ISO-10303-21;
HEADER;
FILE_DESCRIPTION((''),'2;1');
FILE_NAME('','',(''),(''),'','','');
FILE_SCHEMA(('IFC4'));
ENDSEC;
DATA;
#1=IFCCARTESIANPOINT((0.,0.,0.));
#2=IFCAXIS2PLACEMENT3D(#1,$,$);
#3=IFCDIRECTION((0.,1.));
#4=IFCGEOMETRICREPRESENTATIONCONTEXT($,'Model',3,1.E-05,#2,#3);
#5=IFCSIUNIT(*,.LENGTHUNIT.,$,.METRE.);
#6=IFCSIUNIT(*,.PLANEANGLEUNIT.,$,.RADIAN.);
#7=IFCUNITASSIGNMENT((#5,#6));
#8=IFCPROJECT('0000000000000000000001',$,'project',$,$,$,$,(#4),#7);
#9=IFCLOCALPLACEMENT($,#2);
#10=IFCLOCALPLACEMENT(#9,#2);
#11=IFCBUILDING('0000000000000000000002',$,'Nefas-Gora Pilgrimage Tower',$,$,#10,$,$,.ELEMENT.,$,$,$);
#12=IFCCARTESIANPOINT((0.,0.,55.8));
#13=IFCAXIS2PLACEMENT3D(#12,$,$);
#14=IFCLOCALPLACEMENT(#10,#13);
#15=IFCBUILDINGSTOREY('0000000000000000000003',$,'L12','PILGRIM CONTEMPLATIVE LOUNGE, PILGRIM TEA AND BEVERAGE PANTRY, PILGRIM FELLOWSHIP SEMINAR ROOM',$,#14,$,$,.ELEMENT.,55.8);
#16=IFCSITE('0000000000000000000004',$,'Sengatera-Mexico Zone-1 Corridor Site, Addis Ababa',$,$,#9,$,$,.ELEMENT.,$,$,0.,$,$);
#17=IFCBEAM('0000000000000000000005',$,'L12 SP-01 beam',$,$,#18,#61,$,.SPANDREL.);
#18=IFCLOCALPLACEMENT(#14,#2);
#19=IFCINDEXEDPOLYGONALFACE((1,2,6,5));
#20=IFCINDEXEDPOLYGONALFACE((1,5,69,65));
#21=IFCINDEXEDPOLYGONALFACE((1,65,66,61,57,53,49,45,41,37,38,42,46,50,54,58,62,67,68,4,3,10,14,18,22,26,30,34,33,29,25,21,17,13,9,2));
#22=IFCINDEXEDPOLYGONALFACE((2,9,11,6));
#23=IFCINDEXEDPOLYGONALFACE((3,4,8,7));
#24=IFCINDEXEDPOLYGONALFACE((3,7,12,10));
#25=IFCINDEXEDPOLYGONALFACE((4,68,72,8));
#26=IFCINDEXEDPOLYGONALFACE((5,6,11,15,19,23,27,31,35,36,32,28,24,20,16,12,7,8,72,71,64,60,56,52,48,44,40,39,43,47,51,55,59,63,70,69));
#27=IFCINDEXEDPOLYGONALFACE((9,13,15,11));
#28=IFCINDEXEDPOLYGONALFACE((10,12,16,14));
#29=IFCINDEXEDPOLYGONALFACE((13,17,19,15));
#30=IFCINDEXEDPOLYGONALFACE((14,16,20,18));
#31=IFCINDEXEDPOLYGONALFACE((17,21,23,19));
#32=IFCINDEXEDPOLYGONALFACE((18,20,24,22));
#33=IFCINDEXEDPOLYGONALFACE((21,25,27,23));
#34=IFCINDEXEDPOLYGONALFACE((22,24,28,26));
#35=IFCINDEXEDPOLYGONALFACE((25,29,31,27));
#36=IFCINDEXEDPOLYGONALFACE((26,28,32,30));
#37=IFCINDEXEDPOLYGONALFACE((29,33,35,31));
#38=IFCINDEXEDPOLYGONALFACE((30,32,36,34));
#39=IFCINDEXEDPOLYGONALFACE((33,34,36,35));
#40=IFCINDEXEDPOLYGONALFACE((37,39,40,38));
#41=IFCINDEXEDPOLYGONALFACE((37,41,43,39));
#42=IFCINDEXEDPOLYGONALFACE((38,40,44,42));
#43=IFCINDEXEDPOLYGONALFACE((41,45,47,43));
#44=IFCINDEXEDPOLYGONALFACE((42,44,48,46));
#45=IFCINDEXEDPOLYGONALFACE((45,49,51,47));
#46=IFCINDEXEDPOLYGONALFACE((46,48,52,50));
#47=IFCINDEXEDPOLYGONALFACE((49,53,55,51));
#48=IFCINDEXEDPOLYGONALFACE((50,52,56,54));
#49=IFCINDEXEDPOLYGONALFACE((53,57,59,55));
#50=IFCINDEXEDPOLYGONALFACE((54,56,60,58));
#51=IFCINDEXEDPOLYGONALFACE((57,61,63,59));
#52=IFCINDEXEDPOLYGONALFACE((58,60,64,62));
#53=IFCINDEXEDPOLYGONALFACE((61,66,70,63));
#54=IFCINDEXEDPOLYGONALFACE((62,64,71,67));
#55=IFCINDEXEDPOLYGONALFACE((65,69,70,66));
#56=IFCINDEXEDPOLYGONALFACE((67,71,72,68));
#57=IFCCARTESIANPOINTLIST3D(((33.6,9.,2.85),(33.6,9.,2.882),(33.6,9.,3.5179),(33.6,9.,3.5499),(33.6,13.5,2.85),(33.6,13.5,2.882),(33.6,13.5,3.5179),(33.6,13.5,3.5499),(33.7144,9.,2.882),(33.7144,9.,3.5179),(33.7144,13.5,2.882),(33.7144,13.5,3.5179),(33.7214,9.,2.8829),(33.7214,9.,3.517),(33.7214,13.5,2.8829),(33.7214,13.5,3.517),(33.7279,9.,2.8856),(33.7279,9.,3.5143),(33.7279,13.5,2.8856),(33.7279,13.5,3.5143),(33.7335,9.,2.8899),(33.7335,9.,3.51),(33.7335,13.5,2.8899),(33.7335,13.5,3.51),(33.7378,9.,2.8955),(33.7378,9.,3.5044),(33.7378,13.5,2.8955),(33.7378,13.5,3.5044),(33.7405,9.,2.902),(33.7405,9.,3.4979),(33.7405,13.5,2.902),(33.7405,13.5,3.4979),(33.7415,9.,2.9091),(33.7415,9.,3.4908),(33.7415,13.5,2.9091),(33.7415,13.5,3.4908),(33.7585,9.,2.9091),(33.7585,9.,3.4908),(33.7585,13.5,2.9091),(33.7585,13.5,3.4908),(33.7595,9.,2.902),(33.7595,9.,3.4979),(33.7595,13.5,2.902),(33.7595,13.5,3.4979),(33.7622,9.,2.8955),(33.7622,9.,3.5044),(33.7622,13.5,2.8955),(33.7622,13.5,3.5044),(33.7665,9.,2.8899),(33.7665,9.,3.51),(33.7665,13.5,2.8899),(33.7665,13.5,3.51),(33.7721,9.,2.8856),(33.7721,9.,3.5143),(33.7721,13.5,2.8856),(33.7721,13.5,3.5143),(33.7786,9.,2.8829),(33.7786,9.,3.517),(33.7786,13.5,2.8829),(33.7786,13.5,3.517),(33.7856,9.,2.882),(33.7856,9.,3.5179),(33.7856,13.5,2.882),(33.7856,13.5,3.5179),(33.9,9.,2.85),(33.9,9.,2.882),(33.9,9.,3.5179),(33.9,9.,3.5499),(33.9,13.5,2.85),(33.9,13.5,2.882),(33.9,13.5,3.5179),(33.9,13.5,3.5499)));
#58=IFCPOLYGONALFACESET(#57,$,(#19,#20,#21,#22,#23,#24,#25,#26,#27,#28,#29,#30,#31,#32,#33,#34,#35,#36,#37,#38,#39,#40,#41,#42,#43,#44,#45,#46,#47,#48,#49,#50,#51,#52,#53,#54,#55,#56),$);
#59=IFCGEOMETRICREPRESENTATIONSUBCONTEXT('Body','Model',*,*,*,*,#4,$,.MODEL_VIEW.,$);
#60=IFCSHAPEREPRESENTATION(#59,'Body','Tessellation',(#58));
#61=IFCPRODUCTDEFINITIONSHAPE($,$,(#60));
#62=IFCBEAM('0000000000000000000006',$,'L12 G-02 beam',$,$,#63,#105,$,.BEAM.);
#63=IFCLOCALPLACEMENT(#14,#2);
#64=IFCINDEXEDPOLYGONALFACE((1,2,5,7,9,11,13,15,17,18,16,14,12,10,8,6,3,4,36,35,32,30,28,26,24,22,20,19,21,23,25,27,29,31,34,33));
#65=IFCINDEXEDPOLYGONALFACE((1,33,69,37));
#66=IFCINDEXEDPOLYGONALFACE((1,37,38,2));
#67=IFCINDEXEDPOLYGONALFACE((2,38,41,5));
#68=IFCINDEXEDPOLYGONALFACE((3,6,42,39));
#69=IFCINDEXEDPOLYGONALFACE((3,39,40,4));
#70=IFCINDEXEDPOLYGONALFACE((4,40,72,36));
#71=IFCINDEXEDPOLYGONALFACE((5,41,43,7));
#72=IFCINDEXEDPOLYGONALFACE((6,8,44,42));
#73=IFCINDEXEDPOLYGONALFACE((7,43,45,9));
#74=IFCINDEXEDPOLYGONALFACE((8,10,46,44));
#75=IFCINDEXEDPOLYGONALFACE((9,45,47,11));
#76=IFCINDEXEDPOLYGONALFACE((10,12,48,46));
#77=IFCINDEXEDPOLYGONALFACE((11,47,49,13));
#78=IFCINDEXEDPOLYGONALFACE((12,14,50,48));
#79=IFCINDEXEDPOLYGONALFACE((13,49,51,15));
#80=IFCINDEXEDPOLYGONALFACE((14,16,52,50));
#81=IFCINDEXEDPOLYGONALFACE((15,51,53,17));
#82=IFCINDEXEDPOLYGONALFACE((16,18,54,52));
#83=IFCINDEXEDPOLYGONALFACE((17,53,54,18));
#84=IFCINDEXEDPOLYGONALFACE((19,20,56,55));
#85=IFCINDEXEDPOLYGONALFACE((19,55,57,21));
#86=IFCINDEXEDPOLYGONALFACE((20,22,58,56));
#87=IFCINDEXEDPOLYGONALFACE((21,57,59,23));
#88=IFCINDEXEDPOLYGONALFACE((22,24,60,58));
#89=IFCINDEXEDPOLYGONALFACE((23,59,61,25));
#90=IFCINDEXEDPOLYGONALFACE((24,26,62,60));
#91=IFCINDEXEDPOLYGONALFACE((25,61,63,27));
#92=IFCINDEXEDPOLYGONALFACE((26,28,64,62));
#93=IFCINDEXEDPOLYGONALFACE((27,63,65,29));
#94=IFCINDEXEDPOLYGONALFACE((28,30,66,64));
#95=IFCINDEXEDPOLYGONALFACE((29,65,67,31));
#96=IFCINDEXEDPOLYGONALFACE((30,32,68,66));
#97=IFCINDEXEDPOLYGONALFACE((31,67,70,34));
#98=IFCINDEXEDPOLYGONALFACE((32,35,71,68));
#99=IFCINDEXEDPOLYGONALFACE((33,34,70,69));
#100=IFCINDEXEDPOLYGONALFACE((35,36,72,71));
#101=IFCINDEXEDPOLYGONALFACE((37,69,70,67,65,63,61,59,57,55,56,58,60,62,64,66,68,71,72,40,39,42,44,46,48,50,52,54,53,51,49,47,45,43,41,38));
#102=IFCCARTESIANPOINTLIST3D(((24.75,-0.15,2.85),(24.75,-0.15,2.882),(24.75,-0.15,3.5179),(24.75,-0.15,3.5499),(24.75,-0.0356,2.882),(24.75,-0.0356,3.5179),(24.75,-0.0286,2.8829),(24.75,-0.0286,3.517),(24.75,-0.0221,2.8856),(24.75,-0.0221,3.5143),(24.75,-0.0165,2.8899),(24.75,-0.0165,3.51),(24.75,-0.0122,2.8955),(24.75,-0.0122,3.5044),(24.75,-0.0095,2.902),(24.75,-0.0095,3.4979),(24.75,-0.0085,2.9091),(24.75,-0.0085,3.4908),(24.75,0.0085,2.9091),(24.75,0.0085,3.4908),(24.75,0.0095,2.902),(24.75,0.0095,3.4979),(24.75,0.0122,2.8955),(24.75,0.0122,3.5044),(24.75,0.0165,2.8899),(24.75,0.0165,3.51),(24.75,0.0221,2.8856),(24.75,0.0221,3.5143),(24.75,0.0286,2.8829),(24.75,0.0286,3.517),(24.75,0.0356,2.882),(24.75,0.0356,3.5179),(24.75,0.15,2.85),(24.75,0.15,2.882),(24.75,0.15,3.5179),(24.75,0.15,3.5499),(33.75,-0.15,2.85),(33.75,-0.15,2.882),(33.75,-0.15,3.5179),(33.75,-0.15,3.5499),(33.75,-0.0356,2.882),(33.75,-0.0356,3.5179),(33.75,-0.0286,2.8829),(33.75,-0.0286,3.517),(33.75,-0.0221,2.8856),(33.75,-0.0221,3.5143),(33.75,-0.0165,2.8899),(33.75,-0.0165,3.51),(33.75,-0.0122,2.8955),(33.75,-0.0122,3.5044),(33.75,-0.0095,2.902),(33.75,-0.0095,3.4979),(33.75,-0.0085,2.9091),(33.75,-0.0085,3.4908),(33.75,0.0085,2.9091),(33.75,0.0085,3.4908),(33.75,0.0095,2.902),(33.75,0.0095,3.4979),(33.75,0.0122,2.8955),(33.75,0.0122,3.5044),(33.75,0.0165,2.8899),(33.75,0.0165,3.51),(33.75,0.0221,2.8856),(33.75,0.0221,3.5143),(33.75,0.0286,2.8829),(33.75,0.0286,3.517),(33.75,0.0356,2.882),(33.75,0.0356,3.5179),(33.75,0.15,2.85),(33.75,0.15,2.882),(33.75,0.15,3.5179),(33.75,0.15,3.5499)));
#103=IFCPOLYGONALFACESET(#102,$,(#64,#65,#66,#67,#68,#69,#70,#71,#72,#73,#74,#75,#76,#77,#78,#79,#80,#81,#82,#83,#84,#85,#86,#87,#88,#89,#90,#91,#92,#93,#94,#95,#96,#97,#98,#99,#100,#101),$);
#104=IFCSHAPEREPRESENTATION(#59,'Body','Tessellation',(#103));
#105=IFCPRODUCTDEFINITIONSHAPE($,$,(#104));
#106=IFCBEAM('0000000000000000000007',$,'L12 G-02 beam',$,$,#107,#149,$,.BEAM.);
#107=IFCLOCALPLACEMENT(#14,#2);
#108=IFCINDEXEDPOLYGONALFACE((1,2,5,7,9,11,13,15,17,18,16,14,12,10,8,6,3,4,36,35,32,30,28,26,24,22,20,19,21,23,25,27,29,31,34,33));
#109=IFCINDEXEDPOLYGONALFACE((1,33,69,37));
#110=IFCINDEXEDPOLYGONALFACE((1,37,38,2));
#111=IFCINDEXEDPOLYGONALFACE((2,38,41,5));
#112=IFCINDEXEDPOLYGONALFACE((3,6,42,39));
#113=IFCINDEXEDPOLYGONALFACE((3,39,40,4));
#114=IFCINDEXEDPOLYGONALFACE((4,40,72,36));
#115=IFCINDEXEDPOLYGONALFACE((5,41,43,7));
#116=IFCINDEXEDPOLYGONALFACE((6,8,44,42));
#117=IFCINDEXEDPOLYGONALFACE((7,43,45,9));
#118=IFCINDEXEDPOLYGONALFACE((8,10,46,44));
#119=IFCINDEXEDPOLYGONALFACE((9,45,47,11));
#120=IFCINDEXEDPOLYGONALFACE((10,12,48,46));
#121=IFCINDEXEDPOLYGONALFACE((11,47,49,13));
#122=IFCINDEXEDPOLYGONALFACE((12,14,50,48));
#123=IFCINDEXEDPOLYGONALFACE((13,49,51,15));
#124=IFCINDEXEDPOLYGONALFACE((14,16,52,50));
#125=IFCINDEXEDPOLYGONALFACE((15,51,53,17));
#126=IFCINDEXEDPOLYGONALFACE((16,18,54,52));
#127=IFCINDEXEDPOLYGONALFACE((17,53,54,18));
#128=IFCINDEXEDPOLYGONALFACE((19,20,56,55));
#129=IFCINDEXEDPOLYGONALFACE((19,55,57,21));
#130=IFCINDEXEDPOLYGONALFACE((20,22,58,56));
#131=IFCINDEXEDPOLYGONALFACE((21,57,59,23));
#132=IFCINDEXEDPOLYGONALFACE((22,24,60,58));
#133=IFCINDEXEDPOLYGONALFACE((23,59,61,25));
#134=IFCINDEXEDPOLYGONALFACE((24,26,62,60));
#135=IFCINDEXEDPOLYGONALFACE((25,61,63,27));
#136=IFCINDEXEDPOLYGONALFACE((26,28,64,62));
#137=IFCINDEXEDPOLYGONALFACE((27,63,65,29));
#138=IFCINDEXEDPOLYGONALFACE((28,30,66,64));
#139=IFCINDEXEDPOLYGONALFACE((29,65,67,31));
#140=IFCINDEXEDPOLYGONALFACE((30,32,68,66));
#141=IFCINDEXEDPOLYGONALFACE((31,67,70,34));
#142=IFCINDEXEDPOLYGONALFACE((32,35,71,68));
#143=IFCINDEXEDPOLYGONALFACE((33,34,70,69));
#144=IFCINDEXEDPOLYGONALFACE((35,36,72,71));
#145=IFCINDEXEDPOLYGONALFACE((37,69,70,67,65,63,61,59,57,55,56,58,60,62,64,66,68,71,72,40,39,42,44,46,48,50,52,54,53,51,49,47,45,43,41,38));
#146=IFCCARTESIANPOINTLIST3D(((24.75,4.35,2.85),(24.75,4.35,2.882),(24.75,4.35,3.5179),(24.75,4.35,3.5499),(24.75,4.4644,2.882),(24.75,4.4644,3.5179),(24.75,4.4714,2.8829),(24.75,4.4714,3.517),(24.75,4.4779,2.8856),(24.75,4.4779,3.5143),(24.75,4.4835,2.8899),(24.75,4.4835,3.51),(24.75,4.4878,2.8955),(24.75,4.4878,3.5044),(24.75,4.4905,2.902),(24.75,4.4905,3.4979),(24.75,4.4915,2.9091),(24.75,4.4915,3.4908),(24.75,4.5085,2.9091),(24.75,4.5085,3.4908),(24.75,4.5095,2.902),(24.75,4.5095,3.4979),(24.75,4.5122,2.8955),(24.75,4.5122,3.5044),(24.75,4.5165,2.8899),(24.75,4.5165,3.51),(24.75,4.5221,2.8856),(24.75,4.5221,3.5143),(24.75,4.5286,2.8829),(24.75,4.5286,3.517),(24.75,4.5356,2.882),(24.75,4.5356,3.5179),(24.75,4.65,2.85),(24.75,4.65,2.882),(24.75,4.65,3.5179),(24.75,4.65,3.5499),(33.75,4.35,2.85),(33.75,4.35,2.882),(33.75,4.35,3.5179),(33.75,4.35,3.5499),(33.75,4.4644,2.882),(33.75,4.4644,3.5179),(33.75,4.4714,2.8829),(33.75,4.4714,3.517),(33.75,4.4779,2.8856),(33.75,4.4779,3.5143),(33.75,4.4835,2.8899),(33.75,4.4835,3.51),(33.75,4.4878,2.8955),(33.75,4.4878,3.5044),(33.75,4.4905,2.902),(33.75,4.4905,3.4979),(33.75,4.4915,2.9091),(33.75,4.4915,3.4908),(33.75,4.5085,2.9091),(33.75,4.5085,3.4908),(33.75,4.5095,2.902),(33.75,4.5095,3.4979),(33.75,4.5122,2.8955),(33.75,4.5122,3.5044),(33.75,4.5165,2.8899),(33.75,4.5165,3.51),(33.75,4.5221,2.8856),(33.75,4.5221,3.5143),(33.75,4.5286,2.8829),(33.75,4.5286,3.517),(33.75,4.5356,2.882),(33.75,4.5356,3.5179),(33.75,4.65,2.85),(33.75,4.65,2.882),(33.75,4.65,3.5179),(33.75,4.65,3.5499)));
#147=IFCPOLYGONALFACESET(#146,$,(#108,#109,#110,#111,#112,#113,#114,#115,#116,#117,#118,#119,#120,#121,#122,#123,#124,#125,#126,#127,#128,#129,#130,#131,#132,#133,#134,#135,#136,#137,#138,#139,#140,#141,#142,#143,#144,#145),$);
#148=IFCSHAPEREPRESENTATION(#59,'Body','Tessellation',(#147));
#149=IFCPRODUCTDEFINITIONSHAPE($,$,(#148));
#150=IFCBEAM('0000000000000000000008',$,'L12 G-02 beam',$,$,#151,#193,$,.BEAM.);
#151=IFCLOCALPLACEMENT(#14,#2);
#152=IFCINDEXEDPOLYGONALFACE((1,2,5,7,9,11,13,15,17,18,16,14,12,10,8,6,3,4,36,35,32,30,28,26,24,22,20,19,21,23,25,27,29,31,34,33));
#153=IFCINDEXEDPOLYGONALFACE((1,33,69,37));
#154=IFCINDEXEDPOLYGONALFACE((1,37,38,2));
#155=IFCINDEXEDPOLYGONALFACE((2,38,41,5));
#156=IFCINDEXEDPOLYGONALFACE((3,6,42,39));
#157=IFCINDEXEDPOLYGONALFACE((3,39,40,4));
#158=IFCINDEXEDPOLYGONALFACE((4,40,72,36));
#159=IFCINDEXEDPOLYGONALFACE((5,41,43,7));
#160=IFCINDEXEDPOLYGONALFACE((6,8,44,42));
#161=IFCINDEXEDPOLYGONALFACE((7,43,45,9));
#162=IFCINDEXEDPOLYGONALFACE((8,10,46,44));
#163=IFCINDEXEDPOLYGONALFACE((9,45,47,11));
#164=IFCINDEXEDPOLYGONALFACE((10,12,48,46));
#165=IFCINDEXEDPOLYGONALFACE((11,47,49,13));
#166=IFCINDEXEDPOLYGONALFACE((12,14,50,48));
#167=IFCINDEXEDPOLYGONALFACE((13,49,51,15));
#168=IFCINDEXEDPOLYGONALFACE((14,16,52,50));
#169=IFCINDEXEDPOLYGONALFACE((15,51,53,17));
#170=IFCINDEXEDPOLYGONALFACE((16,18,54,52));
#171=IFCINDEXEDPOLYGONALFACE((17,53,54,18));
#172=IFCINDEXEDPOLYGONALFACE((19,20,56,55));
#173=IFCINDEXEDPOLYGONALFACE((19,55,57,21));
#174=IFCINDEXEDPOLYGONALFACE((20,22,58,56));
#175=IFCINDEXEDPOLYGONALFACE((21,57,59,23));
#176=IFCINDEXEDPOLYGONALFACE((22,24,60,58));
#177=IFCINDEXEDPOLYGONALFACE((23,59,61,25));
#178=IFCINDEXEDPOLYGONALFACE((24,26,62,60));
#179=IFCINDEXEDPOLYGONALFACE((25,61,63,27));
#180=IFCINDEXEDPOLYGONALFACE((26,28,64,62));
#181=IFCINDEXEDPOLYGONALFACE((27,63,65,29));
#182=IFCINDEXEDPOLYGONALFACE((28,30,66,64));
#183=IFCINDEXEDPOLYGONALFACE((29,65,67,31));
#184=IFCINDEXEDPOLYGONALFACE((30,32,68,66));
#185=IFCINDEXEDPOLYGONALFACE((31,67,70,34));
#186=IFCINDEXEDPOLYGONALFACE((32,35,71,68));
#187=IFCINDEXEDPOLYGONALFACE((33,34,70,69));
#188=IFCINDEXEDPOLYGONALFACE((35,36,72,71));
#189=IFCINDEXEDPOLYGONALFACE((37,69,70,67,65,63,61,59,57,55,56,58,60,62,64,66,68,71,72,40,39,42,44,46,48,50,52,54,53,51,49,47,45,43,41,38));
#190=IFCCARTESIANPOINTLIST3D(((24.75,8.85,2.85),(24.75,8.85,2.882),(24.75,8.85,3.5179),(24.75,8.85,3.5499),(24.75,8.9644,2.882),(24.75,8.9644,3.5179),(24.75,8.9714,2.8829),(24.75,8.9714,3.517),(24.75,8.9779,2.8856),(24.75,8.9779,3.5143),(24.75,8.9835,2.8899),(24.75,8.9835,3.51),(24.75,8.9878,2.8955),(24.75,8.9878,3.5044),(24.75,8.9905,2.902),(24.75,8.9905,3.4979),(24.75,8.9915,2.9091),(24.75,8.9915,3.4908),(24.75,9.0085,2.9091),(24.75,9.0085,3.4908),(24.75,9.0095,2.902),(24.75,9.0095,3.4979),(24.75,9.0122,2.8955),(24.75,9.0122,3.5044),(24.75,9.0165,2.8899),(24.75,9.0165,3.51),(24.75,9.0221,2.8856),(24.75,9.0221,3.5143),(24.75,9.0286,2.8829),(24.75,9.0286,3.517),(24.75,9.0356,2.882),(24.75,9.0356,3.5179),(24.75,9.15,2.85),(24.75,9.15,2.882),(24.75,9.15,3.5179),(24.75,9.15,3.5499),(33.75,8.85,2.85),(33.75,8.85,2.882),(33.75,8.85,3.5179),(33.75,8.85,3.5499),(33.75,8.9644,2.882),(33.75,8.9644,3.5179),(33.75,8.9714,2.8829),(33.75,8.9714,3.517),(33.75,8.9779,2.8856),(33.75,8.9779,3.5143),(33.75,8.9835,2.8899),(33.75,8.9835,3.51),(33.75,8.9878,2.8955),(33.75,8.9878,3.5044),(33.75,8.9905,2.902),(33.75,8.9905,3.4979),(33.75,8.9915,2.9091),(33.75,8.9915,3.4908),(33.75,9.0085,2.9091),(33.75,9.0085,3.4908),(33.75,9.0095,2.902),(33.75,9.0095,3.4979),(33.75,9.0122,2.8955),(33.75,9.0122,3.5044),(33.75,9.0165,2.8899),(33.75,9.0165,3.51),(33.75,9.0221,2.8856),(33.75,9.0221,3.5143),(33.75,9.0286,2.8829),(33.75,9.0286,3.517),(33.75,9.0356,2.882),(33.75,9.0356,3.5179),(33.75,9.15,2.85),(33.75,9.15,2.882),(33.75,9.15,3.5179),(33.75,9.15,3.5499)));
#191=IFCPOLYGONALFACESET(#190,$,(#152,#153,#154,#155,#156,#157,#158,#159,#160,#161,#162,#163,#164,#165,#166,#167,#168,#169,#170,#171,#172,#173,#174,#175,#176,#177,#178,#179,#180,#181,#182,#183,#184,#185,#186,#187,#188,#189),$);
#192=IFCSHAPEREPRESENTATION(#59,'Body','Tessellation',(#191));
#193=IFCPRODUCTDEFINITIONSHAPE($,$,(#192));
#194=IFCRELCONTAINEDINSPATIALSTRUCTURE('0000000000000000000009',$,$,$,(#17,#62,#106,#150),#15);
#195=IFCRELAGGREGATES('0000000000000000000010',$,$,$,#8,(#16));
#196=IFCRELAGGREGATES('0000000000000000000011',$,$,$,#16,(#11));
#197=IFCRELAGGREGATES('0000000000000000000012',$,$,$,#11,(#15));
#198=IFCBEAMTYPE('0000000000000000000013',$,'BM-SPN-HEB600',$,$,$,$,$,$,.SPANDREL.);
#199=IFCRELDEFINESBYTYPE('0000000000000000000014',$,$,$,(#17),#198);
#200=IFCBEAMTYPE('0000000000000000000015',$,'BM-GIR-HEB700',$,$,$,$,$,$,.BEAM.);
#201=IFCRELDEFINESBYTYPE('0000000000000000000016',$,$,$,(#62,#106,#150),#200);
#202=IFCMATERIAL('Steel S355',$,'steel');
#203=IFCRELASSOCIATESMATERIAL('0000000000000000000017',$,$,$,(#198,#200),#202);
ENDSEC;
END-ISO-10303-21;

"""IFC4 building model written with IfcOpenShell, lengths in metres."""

from ifc_helpers import new_model, si_unit, direction, frame, origin, origin_2d, place, context, subcontext, project, spatial, i_section, extrude, source, transform, mapped, material, material_profile, profile_set, type_object, element, save


model = new_model("IFC4")

# Units and contexts
model_context = context("Model", 3, precision=1e-05, world=origin(), true_north=direction((0.0, 1.0)))
body_context = subcontext(model_context, "Body", "Model", "MODEL_VIEW")
ifc_project = project(units=[si_unit("LENGTHUNIT", "METRE"), si_unit("PLANEANGLEUNIT", "RADIAN")], contexts=[model_context])

# Site, building, storey
site_placement = place(None, origin())
site = spatial("IfcSite", under=ifc_project, at=site_placement, Name="Sengatera-Mexico Zone-1 Corridor Site, Addis Ababa", CompositionType="ELEMENT", RefElevation=0.0)
building_placement = place(site_placement, origin())
building = spatial("IfcBuilding", under=site, at=building_placement, Name="Nefas-Gora Pilgrimage Tower", CompositionType="ELEMENT")
storey_placement = place(building_placement, frame((0.0, 0.0, 55.8)))
storey = spatial("IfcBuildingStorey", under=building, at=storey_placement, Name="L12", Description="PILGRIM CONTEMPLATIVE LOUNGE, PILGRIM TEA AND BEVERAGE PANTRY, PILGRIM FELLOWSHIP SEMINAR ROOM", CompositionType="ELEMENT", Elevation=55.8)

# Beams
ifc_material_1 = material(Name="Steel S355", Category="steel")
ifc_material_profile_1 = material_profile(ifc_material_1, i_section(OverallWidth=0.3, OverallDepth=0.7, WebThickness=0.0171, FlangeThickness=0.032, FilletRadius=0.0271, at=origin_2d()), Name="HEB 700")
ifc_profile_set_1 = profile_set([ifc_material_profile_1], Name="Steel S355")
beam_type_1 = type_object("IfcBeamType", Name="BM-SPN-HEB600", PredefinedType="SPANDREL", material=ifc_profile_set_1)
shared_shape_1 = source(origin(), body_context, "Body", "SweptSolid", [
    extrude(i_section(OverallWidth=0.3, OverallDepth=0.7, WebThickness=0.0171, FlangeThickness=0.032, FilletRadius=0.0271, at=origin_2d()), origin(), (0.0, 0.0, 1.0), 4.5),
])
for number, where, z_axis, x_axis, name in (
    (1, (33.75, 9.0, 3.2), (0.0, 1.0, 0.0), (-1.0, 0.0, 0.0), "L12 SP-01 beam"),
):
    element("IfcBeam", number, at=place(storey_placement, frame(where, z_axis=z_axis, x_axis=x_axis)), inside=storey, type_object=beam_type_1, Name=name, PredefinedType="SPANDREL", context=body_context, shape_type="MappedRepresentation", body=[
        mapped(shared_shape_1, transform((0.0, 0.0, 0.0), x_axis=(1.0, 0.0, 0.0), y_axis=(0.0, 1.0, 0.0), z_axis=(0.0, 0.0, 1.0), scale=1.0)),
    ])
ifc_material_profile_2 = material_profile(ifc_material_1, i_section(OverallWidth=0.3, OverallDepth=0.7, WebThickness=0.0171, FlangeThickness=0.032, FilletRadius=0.0271, at=origin_2d()), Name="HEB 700")
ifc_profile_set_2 = profile_set([ifc_material_profile_2], Name="Steel S355")
beam_type_2 = type_object("IfcBeamType", Name="BM-GIR-HEB700", PredefinedType="BEAM", material=ifc_profile_set_2)
shared_shape_2 = source(origin(), body_context, "Body", "SweptSolid", [
    extrude(i_section(OverallWidth=0.3, OverallDepth=0.7, WebThickness=0.0171, FlangeThickness=0.032, FilletRadius=0.0271, at=origin_2d()), origin(), (0.0, 0.0, 1.0), 9.0),
])
for number, where, z_axis, x_axis, name in (
    (2, (24.75, 0.0, 3.2), (1.0, 0.0, 0.0), (0.0, 1.0, 0.0), "L12 G-02 beam"),
    (3, (24.75, 4.5, 3.2), (1.0, 0.0, 0.0), (0.0, 1.0, 0.0), "L12 G-02 beam"),
    (4, (24.75, 9.0, 3.2), (1.0, 0.0, 0.0), (0.0, 1.0, 0.0), "L12 G-02 beam"),
):
    element("IfcBeam", number, at=place(storey_placement, frame(where, z_axis=z_axis, x_axis=x_axis)), inside=storey, type_object=beam_type_2, Name=name, PredefinedType="BEAM", context=body_context, shape_type="MappedRepresentation", body=[
        mapped(shared_shape_2, transform((0.0, 0.0, 0.0), x_axis=(1.0, 0.0, 0.0), y_axis=(0.0, 1.0, 0.0), z_axis=(0.0, 0.0, 1.0), scale=1.0)),
    ])

save(model, "model.ifc")
